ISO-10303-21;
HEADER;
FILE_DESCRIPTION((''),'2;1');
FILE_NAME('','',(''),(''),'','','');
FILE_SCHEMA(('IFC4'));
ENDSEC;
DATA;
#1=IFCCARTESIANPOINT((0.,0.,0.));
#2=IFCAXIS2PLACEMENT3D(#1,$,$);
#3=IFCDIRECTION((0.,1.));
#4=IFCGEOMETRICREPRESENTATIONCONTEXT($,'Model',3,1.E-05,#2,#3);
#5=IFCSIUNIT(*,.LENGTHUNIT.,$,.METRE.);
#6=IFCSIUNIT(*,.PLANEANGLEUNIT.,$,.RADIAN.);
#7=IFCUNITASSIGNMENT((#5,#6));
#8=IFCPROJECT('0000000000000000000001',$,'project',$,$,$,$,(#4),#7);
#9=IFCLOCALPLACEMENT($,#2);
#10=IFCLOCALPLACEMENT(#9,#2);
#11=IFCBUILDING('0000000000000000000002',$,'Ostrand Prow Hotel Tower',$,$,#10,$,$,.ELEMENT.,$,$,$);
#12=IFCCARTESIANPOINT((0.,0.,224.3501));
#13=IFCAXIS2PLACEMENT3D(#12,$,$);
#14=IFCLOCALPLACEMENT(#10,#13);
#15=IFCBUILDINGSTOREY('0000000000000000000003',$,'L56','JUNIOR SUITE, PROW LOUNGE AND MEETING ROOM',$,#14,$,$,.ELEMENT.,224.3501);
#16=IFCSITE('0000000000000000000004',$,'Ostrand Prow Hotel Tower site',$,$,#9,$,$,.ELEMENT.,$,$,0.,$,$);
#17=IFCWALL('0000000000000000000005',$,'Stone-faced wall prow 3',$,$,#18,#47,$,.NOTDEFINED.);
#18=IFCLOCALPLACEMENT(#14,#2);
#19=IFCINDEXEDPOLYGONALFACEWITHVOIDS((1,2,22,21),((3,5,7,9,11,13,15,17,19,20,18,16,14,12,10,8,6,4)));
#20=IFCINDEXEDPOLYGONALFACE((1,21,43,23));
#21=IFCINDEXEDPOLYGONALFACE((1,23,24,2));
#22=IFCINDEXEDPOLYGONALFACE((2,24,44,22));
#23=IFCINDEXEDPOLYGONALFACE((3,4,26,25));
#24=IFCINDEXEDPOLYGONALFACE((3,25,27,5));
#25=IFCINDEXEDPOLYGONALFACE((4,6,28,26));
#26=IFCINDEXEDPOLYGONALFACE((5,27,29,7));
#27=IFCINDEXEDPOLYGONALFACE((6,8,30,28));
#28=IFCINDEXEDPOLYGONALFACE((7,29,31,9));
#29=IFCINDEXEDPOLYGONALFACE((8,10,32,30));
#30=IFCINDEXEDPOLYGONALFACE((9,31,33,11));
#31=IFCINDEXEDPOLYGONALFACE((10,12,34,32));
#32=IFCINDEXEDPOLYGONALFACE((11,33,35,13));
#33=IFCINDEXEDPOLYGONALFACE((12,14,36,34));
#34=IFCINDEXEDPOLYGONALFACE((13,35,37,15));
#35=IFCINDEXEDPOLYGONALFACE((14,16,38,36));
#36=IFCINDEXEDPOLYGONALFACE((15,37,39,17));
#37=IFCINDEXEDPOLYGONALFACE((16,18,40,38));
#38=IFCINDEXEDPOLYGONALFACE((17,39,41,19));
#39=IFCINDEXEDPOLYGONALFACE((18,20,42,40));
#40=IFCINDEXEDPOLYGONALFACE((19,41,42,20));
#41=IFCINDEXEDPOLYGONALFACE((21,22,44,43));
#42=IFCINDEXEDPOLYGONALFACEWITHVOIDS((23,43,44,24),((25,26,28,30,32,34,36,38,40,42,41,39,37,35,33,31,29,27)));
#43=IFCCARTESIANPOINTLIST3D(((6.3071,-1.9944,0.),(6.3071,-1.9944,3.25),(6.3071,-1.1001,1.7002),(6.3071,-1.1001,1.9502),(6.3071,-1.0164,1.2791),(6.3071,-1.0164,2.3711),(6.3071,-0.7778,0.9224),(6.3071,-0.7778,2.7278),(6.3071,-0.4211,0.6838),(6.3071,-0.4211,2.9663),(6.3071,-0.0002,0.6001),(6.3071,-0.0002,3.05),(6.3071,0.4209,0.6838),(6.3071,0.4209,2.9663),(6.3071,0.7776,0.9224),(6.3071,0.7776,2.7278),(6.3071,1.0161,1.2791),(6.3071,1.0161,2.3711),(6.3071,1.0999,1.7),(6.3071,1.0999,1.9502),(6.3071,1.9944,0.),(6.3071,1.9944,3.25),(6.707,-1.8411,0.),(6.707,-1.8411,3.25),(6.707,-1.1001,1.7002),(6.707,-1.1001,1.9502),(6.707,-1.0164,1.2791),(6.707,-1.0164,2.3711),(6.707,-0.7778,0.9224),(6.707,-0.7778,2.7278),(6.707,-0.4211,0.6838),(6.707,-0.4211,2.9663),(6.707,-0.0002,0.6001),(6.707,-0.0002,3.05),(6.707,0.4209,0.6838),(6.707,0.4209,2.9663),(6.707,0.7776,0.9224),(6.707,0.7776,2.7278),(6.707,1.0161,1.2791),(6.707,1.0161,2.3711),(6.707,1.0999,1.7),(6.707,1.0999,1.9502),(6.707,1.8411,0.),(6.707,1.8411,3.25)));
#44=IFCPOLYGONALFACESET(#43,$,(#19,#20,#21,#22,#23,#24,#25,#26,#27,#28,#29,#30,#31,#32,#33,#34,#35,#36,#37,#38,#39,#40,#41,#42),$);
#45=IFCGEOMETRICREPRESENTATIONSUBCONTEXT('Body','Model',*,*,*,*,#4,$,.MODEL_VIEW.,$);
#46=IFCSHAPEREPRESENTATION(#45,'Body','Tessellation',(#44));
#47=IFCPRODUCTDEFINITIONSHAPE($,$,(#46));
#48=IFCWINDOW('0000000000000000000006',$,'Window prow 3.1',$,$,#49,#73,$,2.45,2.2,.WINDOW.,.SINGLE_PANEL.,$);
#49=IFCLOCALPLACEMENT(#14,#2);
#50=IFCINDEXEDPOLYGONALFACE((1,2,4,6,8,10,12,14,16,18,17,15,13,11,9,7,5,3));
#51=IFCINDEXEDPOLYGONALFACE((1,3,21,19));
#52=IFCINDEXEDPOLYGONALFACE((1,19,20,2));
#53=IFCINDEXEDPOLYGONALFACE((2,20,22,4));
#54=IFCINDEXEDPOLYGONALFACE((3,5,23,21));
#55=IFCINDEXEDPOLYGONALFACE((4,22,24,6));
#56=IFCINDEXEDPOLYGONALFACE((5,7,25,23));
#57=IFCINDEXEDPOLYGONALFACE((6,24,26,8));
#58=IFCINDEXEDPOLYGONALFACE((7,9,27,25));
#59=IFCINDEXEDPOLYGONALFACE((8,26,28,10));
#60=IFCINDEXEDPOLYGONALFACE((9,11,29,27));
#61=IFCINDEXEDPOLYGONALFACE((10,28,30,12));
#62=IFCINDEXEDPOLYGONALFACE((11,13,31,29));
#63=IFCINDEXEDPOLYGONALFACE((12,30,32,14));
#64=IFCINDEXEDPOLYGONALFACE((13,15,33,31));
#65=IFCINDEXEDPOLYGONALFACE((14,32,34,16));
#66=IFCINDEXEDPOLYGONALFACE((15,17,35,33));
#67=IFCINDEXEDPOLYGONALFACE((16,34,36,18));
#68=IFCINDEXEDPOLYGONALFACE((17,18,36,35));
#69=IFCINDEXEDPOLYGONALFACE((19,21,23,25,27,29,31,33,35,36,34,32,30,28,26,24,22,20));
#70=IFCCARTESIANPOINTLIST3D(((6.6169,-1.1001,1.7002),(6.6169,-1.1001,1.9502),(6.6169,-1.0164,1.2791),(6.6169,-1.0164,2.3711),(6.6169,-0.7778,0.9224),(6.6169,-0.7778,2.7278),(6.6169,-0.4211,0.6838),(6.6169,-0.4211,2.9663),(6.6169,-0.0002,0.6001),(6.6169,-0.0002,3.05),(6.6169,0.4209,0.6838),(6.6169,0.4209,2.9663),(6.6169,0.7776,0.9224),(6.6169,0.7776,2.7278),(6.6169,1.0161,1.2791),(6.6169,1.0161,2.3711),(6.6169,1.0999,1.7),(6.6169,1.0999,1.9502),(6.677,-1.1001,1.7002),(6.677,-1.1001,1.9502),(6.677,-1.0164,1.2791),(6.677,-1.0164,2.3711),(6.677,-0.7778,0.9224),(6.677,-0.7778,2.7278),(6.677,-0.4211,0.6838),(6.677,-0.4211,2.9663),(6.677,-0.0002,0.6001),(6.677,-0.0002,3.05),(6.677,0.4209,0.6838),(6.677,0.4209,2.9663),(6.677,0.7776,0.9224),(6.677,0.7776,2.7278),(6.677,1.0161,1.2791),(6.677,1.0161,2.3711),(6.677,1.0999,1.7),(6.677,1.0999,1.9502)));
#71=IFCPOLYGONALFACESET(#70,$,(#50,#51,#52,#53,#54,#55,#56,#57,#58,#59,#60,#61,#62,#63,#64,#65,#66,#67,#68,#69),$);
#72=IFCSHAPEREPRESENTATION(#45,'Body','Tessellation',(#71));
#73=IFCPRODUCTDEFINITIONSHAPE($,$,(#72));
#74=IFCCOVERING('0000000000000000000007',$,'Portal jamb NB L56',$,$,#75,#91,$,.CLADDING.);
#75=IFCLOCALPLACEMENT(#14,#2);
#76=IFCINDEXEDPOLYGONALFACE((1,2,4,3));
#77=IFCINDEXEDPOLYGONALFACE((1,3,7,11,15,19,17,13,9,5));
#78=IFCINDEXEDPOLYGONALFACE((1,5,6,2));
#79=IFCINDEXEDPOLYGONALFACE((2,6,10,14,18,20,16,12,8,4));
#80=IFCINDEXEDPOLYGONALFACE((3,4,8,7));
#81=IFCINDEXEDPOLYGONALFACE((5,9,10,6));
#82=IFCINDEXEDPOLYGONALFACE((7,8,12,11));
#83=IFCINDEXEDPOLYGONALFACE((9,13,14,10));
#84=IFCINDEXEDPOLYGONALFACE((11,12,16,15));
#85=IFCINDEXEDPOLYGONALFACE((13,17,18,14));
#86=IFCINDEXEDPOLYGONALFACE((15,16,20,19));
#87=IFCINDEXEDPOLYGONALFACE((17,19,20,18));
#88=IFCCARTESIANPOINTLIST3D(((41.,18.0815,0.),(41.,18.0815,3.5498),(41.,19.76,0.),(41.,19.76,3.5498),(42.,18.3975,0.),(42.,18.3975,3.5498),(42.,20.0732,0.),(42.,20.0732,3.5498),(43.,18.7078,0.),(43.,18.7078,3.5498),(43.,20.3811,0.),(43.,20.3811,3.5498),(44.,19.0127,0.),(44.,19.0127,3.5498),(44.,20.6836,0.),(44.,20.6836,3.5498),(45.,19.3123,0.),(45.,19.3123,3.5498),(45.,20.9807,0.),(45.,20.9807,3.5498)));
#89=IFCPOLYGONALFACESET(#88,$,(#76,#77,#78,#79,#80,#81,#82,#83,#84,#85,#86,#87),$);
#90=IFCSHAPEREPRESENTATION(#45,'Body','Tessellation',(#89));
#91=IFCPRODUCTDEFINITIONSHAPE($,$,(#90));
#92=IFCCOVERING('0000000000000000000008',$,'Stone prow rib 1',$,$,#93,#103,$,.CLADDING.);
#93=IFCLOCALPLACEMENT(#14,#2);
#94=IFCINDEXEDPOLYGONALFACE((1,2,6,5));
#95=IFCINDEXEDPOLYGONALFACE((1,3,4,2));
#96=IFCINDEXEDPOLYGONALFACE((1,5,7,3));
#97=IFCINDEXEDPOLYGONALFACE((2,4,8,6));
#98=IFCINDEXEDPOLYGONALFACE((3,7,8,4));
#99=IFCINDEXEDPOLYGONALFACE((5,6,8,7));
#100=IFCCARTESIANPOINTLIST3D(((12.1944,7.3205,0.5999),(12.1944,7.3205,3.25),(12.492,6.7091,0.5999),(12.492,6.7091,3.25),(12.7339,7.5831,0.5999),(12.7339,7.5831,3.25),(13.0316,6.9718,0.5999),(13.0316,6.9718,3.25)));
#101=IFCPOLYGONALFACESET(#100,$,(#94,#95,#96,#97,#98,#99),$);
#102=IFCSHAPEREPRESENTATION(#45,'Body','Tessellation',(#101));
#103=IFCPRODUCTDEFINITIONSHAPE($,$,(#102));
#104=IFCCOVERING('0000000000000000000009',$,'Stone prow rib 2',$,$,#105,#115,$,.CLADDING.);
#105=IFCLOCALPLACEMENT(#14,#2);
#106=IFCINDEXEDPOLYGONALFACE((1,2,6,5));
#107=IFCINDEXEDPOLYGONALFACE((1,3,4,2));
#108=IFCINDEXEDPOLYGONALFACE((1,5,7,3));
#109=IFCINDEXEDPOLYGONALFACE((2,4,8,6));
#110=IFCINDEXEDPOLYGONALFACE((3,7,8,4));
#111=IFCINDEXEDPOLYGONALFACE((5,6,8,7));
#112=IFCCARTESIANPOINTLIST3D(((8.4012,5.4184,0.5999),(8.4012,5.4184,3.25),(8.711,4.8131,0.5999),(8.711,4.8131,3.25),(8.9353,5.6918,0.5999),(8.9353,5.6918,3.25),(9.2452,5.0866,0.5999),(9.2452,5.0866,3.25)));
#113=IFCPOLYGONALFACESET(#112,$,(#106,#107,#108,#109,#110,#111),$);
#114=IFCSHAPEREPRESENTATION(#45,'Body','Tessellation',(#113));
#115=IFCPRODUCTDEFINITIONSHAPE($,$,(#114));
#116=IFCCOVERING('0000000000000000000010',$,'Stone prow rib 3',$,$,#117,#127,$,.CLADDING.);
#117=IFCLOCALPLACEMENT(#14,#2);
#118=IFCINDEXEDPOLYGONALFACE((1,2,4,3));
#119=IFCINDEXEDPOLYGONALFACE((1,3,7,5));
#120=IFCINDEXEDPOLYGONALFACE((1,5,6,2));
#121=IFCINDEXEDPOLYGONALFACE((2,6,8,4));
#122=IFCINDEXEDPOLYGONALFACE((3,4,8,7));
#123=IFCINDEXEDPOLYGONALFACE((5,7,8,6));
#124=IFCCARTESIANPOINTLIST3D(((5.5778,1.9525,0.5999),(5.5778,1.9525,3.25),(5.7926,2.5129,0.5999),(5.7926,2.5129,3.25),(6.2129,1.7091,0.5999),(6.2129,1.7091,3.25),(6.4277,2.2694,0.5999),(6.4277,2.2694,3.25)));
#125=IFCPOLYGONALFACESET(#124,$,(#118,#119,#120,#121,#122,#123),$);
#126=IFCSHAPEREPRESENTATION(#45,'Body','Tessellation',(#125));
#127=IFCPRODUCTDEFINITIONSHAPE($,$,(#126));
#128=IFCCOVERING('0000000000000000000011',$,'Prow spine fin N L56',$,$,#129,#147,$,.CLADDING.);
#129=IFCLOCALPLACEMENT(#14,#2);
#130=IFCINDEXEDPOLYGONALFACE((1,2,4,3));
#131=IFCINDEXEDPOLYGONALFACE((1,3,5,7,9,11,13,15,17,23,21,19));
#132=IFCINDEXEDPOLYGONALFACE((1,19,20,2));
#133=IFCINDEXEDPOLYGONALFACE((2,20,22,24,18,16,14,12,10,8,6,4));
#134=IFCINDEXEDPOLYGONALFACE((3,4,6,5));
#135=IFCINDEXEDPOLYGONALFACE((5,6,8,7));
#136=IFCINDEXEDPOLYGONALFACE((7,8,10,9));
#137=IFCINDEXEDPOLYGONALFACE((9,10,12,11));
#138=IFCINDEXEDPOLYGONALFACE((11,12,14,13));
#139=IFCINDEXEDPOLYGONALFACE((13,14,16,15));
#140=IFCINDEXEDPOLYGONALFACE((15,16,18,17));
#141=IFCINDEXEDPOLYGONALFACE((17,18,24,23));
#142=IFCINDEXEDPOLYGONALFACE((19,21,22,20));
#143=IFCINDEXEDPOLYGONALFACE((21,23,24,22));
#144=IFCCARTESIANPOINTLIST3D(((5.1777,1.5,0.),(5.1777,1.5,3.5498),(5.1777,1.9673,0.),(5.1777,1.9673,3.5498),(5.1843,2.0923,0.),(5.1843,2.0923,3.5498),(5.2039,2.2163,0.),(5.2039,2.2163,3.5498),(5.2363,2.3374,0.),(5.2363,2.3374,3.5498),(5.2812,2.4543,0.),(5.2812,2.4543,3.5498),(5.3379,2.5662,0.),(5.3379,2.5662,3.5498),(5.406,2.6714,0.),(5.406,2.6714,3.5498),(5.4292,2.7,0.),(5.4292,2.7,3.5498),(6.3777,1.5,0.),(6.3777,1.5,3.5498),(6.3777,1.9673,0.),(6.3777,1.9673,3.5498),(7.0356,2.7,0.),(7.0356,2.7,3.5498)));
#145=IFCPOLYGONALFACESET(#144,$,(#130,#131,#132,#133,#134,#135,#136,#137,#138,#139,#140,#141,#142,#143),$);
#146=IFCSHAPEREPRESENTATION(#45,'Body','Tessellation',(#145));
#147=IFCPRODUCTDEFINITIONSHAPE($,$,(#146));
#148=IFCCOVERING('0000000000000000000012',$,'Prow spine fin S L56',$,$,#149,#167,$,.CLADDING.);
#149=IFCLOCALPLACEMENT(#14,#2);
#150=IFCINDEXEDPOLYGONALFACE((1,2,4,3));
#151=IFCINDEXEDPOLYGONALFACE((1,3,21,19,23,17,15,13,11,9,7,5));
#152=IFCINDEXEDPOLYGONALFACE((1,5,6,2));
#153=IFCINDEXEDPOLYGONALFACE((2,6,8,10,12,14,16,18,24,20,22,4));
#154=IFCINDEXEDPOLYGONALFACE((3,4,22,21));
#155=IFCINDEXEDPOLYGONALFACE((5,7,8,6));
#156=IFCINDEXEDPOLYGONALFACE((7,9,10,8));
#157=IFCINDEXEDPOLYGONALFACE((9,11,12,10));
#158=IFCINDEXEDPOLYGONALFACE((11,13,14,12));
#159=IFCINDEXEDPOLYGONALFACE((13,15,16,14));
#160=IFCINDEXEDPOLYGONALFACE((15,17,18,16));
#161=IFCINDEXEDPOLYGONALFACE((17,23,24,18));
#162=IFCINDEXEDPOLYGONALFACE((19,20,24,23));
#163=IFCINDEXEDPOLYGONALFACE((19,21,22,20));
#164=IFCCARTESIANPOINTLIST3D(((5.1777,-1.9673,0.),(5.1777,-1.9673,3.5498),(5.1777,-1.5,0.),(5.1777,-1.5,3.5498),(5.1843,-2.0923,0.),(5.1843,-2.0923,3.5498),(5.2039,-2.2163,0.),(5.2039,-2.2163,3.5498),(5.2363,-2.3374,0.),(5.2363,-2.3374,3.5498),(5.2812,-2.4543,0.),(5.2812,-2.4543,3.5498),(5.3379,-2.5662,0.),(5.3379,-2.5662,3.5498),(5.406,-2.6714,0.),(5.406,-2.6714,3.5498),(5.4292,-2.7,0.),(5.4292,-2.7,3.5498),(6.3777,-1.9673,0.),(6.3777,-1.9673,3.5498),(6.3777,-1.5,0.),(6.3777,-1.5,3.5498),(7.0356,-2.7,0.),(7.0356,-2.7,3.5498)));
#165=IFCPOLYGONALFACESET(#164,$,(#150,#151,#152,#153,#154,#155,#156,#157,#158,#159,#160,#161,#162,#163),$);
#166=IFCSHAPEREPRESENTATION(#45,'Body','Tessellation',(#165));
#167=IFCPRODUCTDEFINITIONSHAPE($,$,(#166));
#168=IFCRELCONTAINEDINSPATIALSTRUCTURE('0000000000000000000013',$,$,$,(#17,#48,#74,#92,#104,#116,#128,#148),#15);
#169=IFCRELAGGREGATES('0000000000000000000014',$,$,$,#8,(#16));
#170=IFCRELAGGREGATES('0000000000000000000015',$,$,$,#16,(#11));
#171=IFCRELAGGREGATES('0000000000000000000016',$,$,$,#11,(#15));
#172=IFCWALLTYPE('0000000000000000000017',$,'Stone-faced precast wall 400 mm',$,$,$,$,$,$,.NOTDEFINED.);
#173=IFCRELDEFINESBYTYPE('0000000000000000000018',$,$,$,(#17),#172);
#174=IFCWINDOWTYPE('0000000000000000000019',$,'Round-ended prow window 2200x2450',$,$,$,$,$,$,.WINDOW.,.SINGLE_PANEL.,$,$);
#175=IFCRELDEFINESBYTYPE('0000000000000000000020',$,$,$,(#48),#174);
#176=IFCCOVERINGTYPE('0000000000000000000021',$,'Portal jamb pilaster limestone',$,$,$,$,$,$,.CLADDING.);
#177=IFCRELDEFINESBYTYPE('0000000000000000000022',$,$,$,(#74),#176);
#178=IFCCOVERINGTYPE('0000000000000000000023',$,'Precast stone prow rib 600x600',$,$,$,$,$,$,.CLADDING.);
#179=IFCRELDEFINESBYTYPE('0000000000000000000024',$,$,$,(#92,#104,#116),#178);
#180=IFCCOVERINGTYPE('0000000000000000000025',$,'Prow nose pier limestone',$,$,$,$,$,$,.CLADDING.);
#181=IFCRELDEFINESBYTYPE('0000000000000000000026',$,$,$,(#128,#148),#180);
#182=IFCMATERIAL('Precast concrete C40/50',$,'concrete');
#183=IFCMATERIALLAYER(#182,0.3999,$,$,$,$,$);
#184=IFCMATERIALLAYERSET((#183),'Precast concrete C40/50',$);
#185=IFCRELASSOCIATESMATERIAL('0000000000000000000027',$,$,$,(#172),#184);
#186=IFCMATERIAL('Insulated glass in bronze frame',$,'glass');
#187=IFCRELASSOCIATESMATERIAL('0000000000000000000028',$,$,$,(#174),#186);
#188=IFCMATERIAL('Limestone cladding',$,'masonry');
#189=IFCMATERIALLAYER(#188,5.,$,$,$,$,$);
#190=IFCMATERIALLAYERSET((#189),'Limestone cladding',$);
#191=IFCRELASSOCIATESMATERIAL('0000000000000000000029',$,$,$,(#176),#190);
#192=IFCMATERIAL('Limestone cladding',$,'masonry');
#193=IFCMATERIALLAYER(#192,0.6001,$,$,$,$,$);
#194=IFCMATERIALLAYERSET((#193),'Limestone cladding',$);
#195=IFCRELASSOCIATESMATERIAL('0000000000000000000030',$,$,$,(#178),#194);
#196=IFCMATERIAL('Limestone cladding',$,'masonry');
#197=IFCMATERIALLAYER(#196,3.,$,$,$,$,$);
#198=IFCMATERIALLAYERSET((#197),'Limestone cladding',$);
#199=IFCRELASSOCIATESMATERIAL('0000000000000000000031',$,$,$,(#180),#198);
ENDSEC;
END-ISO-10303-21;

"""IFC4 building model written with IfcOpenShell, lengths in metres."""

from ifc_helpers import new_model, si_unit, direction, frame, frame_2d, origin, place, context, subcontext, project, spatial, polyline, rectangle, outline, extrude, material, layer, layer_set, type_object, element, fill, save


model = new_model("IFC4")

# Units and contexts
model_context = context("Model", 3, precision=1e-05, world=origin(), true_north=direction((0.0, 1.0)))
body_context = subcontext(model_context, "Body", "Model", "MODEL_VIEW")
ifc_project = project(units=[si_unit("LENGTHUNIT", "METRE"), si_unit("PLANEANGLEUNIT", "RADIAN")], contexts=[model_context])

# Site, building, storey
site_placement = place(None, origin())
site = spatial("IfcSite", under=ifc_project, at=site_placement, Name="Ostrand Prow Hotel Tower site", CompositionType="ELEMENT", RefElevation=0.0)
building_placement = place(site_placement, origin())
building = spatial("IfcBuilding", under=site, at=building_placement, Name="Ostrand Prow Hotel Tower", CompositionType="ELEMENT")
storey_placement = place(building_placement, frame((0.0, 0.0, 224.3501)))
storey = spatial("IfcBuildingStorey", under=building, at=storey_placement, Name="L56", Description="JUNIOR SUITE, PROW LOUNGE AND MEETING ROOM", CompositionType="ELEMENT", Elevation=224.3501)

# Wall, opening, window
ifc_material_1 = material(Name="Precast concrete C40/50", Category="concrete")
ifc_layer_1 = layer(ifc_material_1, 0.3999)
ifc_layer_set_1 = layer_set([ifc_layer_1], Name="Precast concrete C40/50")
wall_type_1 = type_object("IfcWallType", Name="Stone-faced precast wall 400 mm", PredefinedType="NOTDEFINED", material=ifc_layer_set_1)
ifc_material_2 = material(Name="Insulated glass in bronze frame", Category="glass")
window_type = type_object("IfcWindowType", Name="Round-ended prow window 2200x2450", PartitioningType="SINGLE_PANEL", PredefinedType="WINDOW", material=ifc_material_2)
wall_1_placement = place(storey_placement, frame((6.5071, 1.9177, 0.0), z_axis=(0.0, 0.0, 1.0), x_axis=(0.0, -1.0, 0.0)))
wall_1 = element("IfcWall", 1, at=wall_1_placement, inside=storey, type_object=wall_type_1, Name="Stone-faced wall prow 3", PredefinedType="NOTDEFINED", context=body_context, shape_type="SweptSolid", body=[
    extrude(outline(polyline([(-0.0767, -0.2), (3.9121, -0.2), (3.7588, 0.2), (0.0767, 0.2), (-0.0767, -0.2)])), origin(), (0.0, 0.0, 1.0), 3.25),
])
opening_1_placement = place(wall_1_placement, frame((0.8179, 0.0, 0.6001)))
opening_1 = element("IfcOpeningElement", 2, at=opening_1_placement, cuts=wall_1, PredefinedType="OPENING", context=body_context, shape_type="SweptSolid", body=[
    extrude(outline(polyline([(0.0, 1.3501), (0.0837, 1.771), (0.3223, 2.1277), (0.679, 2.3662), (1.1001, 2.45), (1.521, 2.3662), (1.8777, 2.1277), (2.1162, 1.771), (2.2, 1.3501), (2.2, 1.1001), (2.1162, 0.679), (1.8777, 0.3223), (1.521, 0.0837), (1.1001, 0.0), (0.679, 0.0837), (0.3223, 0.3223), (0.0837, 0.679), (0.0, 1.0999), (0.0, 1.3501)])), frame((0.0, 0.21, 0.0), z_axis=(0.0, -1.0, 0.0), x_axis=(1.0, 0.0, 0.0)), (0.0, 0.0, 1.0), 0.4199),
])
window_1_placement = place(opening_1_placement, origin())
window_1 = element("IfcWindow", 3, at=window_1_placement, inside=storey, type_object=window_type, Name="Window prow 3.1", OverallHeight=2.45, OverallWidth=2.2, PartitioningType="SINGLE_PANEL", PredefinedType="WINDOW", context=body_context, shape_type="SweptSolid", body=[
    extrude(outline(polyline([(0.0, 1.3501), (0.0837, 1.771), (0.3223, 2.1277), (0.679, 2.3662), (1.1001, 2.45), (1.521, 2.3662), (1.8777, 2.1277), (2.1162, 1.771), (2.2, 1.3501), (2.2, 1.1001), (2.1162, 0.679), (1.8777, 0.3223), (1.521, 0.0837), (1.1001, 0.0), (0.679, 0.0837), (0.3223, 0.3223), (0.0837, 0.679), (0.0, 1.0999), (0.0, 1.3501)])), frame((0.0, 0.1699, 0.0), z_axis=(0.0, -1.0, 0.0), x_axis=(1.0, 0.0, 0.0)), (0.0, 0.0, 1.0), 0.0601),
])
fill(opening_1, window_1)

# Coverings
ifc_material_3 = material(Name="Limestone cladding", Category="masonry")
ifc_layer_2 = layer(ifc_material_3, 5.0)
ifc_layer_set_2 = layer_set([ifc_layer_2], Name="Limestone cladding")
covering_type_1 = type_object("IfcCoveringType", Name="Portal jamb pilaster limestone", PredefinedType="CLADDING", material=ifc_layer_set_2)
covering_1_placement = place(storey_placement, origin())
element("IfcCovering", 4, at=covering_1_placement, inside=storey, type_object=covering_type_1, Name="Portal jamb NB L56", PredefinedType="CLADDING", context=body_context, shape_type="SweptSolid", body=[
    extrude(outline(polyline([(41.0, 18.0815), (42.0, 18.3975), (43.0, 18.7078), (44.0, 19.0127), (45.0, 19.3123), (45.0, 20.9807), (44.0, 20.6836), (43.0, 20.3811), (42.0, 20.0732), (41.0, 19.76), (41.0, 18.0815)])), origin(), (0.0, 0.0, 1.0), 3.5498),
])
ifc_material_4 = material(Name="Limestone cladding", Category="masonry")
ifc_layer_3 = layer(ifc_material_4, 0.6001)
ifc_layer_set_3 = layer_set([ifc_layer_3], Name="Limestone cladding")
covering_type_2 = type_object("IfcCoveringType", Name="Precast stone prow rib 600x600", PredefinedType="CLADDING", material=ifc_layer_set_3)
for number, where, z_axis, x_axis, name in (
    (5, (12.7617, 6.8406, 0.5999), (0.0, 0.0, 1.0), (-0.437709, 0.899117, 0.0), "Stone prow rib 1"),
    (6, (8.978, 4.95, 0.5999), (0.0, 0.0, 1.0), (-0.455668, 0.89015, 0.0), "Stone prow rib 2"),
):
    element("IfcCovering", number, at=place(storey_placement, frame(where, z_axis=z_axis, x_axis=x_axis)), inside=storey, type_object=covering_type_2, Name=name, PredefinedType="CLADDING", context=body_context, shape_type="SweptSolid", body=[
        extrude(rectangle(XDim=0.6799, YDim=0.6001, at=frame_2d((0.3398, 0.0))), origin(), (0.0, 0.0, 1.0), 2.6501),
    ])
covering_2_placement = place(storey_placement, frame((6.3203, 1.9893, 0.5999), z_axis=(0.0, 0.0, 1.0), x_axis=(-0.933752, 0.35792, 0.0)))
element("IfcCovering", 7, at=covering_2_placement, inside=storey, type_object=covering_type_2, Name="Stone prow rib 3", PredefinedType="CLADDING", context=body_context, shape_type="SweptSolid", body=[
    extrude(rectangle(XDim=0.6802, YDim=0.6001, at=frame_2d((0.3401, 0.0))), origin(), (0.0, 0.0, 1.0), 2.6501),
])
ifc_material_5 = material(Name="Limestone cladding", Category="masonry")
ifc_layer_4 = layer(ifc_material_5, 3.0)
ifc_layer_set_4 = layer_set([ifc_layer_4], Name="Limestone cladding")
covering_type_3 = type_object("IfcCoveringType", Name="Prow nose pier limestone", PredefinedType="CLADDING", material=ifc_layer_set_4)
covering_3_placement = place(storey_placement, origin())
element("IfcCovering", 8, at=covering_3_placement, inside=storey, type_object=covering_type_3, Name="Prow spine fin N L56", PredefinedType="CLADDING", context=body_context, shape_type="SweptSolid", body=[
    extrude(outline(polyline([(5.1777, 1.9673), (5.1777, 1.5), (6.3777, 1.5), (6.3777, 1.9673), (7.0356, 2.7), (5.4292, 2.7), (5.406, 2.6714), (5.3379, 2.5662), (5.2812, 2.4543), (5.2363, 2.3374), (5.2039, 2.2163), (5.1843, 2.0923), (5.1777, 1.9673)])), origin(), (0.0, 0.0, 1.0), 3.5498),
])
covering_4_placement = place(storey_placement, origin())
element("IfcCovering", 9, at=covering_4_placement, inside=storey, type_object=covering_type_3, Name="Prow spine fin S L56", PredefinedType="CLADDING", context=body_context, shape_type="SweptSolid", body=[
    extrude(outline(polyline([(5.406, -2.6714), (5.4292, -2.7), (7.0356, -2.7), (6.3777, -1.9673), (6.3777, -1.5), (5.1777, -1.5), (5.1777, -1.9673), (5.1843, -2.0923), (5.2039, -2.2163), (5.2363, -2.3374), (5.2812, -2.4543), (5.3379, -2.5662), (5.406, -2.6714)])), origin(), (0.0, 0.0, 1.0), 3.5498),
])

save(model, "model.ifc")
